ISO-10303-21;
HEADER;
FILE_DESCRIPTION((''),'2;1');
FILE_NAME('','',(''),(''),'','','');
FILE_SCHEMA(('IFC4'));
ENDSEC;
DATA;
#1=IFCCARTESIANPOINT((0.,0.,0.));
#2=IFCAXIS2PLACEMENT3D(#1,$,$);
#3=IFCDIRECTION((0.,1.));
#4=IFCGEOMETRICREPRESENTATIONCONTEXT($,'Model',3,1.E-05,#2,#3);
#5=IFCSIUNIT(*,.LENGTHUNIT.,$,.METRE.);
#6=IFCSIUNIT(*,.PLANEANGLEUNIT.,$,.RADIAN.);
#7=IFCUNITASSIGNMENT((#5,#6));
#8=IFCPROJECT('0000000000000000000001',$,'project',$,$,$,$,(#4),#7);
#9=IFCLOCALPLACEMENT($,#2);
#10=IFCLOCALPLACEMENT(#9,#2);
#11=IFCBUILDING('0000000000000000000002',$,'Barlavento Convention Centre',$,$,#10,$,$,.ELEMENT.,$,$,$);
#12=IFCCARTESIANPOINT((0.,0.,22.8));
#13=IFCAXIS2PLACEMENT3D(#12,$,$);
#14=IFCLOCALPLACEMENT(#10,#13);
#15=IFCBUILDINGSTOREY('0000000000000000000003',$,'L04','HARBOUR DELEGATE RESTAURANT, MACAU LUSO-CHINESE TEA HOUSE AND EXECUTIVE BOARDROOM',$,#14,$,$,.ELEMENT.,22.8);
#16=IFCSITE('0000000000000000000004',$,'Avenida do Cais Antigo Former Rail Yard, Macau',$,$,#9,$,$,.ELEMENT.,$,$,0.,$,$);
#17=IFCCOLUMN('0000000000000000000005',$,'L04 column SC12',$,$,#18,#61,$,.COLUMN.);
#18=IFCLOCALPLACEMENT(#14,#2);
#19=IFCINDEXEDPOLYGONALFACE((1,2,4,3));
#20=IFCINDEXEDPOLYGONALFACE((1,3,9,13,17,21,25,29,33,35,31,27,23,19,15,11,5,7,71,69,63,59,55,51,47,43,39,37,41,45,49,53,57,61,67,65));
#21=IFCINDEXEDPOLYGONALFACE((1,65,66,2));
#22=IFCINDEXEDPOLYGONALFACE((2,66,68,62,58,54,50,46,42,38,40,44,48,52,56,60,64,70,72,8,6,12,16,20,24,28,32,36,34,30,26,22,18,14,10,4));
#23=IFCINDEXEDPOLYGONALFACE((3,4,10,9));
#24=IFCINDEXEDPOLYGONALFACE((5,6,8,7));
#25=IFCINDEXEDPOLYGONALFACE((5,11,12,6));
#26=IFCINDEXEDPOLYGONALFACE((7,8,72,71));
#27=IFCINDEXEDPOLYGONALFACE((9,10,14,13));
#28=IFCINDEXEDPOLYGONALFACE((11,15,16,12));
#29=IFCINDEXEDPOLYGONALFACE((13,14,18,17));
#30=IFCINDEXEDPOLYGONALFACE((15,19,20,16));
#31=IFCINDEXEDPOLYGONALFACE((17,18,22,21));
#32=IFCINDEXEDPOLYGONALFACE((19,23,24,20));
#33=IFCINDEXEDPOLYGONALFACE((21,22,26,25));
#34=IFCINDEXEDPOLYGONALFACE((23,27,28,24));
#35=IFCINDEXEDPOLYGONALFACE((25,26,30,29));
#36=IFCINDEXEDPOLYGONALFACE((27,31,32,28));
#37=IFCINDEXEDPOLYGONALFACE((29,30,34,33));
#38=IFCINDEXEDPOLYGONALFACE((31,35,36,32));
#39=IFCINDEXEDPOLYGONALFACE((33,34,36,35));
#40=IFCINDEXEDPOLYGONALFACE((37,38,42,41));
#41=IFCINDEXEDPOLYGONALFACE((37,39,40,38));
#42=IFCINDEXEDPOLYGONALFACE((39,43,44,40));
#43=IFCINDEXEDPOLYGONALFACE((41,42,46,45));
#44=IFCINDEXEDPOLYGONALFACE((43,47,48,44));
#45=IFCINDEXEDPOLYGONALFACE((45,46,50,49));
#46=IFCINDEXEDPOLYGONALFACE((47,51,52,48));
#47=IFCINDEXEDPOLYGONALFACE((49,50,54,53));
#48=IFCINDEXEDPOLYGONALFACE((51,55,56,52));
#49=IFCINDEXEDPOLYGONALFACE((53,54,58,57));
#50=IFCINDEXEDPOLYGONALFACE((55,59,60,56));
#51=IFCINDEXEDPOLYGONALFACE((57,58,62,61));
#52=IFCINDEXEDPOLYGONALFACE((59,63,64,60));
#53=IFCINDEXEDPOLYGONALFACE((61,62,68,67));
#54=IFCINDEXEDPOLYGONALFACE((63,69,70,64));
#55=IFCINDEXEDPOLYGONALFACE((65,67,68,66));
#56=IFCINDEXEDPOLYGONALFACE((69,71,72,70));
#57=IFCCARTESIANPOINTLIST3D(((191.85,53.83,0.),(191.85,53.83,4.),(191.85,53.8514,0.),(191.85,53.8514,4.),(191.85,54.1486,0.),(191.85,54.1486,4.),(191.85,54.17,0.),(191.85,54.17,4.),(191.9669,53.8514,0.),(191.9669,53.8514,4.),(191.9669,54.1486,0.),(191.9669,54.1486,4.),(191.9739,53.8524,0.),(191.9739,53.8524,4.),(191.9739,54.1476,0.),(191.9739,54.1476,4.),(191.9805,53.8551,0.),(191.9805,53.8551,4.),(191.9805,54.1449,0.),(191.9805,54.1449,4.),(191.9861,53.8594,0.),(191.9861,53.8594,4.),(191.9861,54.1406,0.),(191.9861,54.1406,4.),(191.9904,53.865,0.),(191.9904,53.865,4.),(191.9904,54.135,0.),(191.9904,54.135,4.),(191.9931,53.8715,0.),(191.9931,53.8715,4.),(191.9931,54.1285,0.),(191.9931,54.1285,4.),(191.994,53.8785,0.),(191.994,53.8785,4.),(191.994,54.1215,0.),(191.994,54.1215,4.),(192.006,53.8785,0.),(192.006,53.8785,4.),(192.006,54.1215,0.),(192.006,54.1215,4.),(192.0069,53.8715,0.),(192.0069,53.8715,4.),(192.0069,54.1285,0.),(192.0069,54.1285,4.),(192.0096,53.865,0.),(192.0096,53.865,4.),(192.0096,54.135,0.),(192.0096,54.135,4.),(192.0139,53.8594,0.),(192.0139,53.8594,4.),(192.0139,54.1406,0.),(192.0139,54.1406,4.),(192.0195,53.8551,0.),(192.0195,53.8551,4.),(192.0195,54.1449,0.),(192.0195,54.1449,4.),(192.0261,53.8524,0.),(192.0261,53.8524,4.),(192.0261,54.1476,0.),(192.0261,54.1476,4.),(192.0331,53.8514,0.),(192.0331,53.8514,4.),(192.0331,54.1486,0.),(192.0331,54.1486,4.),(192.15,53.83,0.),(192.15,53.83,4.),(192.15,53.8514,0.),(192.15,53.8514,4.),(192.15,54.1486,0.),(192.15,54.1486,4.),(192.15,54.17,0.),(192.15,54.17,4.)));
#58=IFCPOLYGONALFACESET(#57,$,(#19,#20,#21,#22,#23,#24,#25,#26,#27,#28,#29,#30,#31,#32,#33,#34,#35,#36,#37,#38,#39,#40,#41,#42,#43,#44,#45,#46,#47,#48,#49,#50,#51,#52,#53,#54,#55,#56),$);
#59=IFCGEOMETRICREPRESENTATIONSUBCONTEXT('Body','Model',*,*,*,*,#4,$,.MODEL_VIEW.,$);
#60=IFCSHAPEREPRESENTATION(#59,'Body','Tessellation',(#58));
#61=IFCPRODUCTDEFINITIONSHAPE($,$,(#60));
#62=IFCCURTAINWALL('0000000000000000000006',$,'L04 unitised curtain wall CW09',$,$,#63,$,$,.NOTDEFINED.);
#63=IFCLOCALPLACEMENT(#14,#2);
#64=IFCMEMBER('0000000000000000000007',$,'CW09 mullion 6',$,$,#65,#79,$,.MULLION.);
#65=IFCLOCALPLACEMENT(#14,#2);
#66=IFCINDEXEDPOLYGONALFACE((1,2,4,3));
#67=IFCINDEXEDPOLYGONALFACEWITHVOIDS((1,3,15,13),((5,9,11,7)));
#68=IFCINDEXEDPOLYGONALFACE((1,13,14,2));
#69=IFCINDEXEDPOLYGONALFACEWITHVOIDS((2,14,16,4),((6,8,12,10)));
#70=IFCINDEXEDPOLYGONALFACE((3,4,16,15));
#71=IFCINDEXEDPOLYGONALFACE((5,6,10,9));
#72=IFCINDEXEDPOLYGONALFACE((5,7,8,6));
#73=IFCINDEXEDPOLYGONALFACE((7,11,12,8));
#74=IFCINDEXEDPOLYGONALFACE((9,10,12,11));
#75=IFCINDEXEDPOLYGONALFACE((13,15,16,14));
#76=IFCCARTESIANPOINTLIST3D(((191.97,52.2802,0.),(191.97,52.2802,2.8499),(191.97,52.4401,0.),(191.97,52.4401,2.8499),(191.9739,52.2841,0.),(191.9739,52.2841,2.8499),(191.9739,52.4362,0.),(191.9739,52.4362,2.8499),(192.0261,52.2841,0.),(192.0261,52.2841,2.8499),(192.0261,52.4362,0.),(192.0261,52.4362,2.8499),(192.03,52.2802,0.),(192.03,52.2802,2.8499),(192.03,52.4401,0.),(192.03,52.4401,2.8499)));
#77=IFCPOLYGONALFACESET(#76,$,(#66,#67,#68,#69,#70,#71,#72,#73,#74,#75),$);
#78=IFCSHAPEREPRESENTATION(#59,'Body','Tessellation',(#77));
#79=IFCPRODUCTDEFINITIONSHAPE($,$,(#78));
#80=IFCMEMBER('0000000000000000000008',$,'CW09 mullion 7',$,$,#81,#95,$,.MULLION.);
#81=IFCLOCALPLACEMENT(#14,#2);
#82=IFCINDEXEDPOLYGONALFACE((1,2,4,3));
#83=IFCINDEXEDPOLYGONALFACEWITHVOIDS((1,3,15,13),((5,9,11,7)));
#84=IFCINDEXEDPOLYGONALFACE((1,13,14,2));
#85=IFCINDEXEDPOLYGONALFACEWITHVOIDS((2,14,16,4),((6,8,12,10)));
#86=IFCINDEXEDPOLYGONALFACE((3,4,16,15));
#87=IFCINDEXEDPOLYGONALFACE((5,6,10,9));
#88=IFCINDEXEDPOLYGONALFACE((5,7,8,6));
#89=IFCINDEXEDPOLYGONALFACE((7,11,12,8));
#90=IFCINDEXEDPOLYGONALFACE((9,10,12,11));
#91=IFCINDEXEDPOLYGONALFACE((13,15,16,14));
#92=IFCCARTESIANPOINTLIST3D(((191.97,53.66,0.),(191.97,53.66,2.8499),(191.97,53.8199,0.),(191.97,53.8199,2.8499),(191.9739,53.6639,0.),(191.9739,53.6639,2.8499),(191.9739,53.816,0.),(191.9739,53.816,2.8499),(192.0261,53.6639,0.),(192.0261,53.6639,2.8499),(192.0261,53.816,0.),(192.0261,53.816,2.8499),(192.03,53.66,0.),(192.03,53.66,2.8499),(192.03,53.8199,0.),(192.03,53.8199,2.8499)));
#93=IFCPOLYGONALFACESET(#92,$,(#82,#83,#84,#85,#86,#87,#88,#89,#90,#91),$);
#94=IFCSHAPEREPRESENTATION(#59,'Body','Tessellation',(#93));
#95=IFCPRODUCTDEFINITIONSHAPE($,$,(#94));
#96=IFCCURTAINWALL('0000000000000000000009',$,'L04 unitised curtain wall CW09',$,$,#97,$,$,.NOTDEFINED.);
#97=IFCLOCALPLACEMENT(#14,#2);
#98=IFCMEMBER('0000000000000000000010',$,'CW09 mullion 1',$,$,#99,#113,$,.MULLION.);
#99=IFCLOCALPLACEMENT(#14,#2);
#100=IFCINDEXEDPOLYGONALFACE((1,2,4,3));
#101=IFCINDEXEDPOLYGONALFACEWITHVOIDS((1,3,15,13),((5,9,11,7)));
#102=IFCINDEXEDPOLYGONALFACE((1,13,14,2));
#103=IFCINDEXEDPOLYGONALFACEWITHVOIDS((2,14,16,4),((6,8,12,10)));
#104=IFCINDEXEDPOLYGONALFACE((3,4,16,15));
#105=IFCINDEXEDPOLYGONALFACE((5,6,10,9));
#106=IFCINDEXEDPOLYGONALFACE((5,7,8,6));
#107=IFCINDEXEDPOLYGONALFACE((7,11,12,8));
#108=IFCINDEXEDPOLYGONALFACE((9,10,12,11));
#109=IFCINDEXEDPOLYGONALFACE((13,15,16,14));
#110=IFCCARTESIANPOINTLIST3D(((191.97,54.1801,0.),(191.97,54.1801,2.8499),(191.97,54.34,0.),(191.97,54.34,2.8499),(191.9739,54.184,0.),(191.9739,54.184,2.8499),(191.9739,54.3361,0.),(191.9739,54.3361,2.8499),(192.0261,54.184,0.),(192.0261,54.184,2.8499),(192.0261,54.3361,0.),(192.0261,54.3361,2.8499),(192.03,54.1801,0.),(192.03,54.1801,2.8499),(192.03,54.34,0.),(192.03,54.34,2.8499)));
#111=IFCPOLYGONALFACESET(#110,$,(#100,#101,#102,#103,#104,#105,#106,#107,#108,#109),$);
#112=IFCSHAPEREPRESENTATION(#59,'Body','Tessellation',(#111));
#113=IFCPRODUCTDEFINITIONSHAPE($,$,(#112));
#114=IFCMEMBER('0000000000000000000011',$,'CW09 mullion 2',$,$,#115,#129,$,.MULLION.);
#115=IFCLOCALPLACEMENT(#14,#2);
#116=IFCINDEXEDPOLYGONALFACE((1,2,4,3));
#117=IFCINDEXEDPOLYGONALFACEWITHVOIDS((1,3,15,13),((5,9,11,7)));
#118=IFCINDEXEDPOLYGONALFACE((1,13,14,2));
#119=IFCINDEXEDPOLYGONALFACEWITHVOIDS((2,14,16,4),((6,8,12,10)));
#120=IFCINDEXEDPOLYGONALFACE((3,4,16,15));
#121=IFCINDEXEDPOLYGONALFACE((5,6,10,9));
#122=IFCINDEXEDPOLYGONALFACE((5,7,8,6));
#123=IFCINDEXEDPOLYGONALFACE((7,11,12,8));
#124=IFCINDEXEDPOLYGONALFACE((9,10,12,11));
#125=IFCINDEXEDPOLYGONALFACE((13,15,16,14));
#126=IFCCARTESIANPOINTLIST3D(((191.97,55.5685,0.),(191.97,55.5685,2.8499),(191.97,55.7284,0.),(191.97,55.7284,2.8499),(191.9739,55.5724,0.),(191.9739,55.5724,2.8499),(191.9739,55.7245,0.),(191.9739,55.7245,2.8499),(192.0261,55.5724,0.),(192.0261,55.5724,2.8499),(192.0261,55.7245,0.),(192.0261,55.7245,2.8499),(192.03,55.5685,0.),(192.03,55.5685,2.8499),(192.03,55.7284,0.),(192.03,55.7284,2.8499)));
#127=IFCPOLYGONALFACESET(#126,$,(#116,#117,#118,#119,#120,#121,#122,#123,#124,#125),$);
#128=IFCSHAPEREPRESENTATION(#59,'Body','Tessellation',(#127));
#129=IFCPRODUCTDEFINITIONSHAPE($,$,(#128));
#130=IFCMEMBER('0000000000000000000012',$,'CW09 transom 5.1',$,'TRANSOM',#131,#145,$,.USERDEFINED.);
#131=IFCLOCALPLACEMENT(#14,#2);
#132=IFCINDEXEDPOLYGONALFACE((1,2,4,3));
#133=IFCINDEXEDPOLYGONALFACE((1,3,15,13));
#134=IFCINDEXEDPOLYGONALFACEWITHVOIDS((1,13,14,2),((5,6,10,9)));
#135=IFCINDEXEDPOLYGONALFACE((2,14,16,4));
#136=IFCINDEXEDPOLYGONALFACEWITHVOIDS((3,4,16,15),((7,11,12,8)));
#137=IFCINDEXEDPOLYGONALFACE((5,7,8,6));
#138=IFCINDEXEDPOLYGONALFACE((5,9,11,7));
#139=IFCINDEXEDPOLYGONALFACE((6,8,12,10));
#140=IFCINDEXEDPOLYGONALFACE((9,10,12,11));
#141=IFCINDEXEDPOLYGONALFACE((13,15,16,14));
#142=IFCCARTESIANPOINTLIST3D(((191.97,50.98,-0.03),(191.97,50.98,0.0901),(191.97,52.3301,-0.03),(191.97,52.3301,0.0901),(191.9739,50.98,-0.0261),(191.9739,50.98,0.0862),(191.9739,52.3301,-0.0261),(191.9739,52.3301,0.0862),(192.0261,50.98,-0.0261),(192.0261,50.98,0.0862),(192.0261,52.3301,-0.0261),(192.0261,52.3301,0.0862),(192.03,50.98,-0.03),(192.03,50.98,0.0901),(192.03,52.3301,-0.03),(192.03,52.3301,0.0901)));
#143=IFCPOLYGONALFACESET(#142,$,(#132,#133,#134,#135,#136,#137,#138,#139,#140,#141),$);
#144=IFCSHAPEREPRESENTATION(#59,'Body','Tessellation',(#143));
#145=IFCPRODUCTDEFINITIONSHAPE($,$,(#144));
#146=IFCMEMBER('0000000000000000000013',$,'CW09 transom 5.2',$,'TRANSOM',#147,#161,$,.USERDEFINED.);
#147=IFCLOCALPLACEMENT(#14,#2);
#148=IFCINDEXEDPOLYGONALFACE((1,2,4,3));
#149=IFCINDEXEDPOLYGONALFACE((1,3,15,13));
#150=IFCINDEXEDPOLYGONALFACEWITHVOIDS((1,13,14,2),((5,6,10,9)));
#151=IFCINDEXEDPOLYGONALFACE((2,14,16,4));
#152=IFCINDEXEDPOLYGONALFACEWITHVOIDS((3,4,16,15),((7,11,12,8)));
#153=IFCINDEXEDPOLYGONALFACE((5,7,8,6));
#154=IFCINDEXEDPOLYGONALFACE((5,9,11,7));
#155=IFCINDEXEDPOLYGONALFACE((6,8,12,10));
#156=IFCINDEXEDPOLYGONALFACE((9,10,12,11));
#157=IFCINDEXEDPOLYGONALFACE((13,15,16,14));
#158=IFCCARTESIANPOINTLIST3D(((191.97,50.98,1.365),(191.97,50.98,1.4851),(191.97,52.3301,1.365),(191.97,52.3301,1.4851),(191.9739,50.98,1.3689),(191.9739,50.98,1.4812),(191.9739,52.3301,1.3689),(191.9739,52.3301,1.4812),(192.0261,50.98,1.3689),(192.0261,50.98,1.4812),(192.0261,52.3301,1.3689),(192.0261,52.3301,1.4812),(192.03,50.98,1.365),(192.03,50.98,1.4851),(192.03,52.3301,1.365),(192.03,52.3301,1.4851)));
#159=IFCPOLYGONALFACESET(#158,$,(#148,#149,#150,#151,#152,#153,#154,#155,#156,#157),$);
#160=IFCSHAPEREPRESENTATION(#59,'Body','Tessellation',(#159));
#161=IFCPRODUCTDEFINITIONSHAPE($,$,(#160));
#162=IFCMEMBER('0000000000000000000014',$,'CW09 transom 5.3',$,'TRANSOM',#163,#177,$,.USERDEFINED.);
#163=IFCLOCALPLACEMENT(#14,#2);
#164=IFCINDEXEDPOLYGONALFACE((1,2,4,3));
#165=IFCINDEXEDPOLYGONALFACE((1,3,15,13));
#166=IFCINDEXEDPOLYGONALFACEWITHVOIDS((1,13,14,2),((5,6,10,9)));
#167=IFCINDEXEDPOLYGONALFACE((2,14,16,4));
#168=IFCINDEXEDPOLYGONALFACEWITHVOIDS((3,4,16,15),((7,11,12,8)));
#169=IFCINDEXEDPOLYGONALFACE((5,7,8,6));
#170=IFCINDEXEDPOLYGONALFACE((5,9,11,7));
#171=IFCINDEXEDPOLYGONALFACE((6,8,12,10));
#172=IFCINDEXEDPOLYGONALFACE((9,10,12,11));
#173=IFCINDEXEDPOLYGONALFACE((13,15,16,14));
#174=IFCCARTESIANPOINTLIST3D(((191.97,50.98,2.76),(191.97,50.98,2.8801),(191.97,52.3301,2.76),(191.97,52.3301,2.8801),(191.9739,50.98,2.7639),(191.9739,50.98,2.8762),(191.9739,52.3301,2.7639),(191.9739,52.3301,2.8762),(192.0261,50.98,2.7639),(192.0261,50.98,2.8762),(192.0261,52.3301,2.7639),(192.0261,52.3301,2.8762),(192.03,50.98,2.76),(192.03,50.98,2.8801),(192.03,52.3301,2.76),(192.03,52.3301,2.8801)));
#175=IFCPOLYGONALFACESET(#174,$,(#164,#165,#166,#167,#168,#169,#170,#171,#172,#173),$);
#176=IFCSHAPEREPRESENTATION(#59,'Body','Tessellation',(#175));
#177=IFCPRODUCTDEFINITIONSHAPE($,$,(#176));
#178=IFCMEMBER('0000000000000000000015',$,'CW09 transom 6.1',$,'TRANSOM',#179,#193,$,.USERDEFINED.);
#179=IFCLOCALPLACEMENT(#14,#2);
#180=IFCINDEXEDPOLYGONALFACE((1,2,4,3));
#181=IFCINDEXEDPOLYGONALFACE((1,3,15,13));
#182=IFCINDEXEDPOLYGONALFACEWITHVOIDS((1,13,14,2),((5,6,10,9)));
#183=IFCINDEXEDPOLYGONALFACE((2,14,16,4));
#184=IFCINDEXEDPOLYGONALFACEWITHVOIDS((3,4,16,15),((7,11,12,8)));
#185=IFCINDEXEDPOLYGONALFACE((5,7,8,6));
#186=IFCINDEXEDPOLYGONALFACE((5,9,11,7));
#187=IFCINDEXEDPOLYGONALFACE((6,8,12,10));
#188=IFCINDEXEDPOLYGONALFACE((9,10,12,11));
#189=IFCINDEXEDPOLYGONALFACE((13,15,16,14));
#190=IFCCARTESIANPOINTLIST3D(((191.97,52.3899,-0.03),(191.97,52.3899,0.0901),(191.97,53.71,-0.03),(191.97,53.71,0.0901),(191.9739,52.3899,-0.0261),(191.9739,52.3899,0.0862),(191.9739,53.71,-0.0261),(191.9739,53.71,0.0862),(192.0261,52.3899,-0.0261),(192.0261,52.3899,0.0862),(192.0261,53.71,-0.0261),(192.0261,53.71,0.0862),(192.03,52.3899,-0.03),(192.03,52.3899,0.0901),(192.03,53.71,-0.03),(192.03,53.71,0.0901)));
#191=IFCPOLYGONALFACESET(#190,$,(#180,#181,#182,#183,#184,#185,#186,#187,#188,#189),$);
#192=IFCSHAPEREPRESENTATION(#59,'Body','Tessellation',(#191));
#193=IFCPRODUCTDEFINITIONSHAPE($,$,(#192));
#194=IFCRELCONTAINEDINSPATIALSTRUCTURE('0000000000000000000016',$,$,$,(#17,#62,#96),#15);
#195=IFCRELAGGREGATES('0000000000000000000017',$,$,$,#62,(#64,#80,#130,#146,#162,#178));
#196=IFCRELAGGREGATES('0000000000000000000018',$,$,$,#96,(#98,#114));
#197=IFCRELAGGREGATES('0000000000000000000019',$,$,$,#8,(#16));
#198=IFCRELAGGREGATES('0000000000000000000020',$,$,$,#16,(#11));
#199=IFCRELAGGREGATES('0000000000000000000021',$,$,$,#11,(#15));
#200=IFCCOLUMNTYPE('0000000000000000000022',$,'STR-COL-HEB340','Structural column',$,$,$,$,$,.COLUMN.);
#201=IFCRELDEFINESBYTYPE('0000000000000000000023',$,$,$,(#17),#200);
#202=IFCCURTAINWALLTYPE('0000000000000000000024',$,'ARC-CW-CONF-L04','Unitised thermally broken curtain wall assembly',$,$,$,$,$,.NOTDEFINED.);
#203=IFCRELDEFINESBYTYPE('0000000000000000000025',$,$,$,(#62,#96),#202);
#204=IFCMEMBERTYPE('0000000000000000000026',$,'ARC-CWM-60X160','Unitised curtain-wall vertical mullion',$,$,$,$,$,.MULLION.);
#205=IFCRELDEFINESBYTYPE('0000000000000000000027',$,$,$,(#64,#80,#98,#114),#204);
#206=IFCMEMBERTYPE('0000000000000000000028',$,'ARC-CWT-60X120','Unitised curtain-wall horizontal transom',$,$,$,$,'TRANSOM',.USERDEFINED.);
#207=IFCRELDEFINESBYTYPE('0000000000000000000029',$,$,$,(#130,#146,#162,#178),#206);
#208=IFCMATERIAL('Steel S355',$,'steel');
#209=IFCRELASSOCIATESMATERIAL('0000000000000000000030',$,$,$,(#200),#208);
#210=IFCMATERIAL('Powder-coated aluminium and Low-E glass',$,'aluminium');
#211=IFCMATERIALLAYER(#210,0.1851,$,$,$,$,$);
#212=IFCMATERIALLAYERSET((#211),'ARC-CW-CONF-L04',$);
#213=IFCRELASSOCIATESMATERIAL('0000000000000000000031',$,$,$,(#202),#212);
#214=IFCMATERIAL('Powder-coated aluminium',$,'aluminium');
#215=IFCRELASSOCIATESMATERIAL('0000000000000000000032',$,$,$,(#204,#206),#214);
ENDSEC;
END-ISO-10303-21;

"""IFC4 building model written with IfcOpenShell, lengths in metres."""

from ifc_helpers import new_model, si_unit, direction, frame, origin, origin_2d, place, context, subcontext, project, spatial, hollow_rectangle, i_section, extrude, material, layer, layer_set, material_profile, profile_set, type_object, element, aggregate, save


model = new_model("IFC4")

# Units and contexts
model_context = context("Model", 3, precision=1e-05, world=origin(), true_north=direction((0.0, 1.0)))
body_context = subcontext(model_context, "Body", "Model", "MODEL_VIEW")
ifc_project = project(units=[si_unit("LENGTHUNIT", "METRE"), si_unit("PLANEANGLEUNIT", "RADIAN")], contexts=[model_context])

# Site, building, storey
site_placement = place(None, origin())
site = spatial("IfcSite", under=ifc_project, at=site_placement, Name="Avenida do Cais Antigo Former Rail Yard, Macau", CompositionType="ELEMENT", RefElevation=0.0)
building_placement = place(site_placement, origin())
building = spatial("IfcBuilding", under=site, at=building_placement, Name="Barlavento Convention Centre", CompositionType="ELEMENT")
storey_placement = place(building_placement, frame((0.0, 0.0, 22.8)))
storey = spatial("IfcBuildingStorey", under=building, at=storey_placement, Name="L04", Description="HARBOUR DELEGATE RESTAURANT, MACAU LUSO-CHINESE TEA HOUSE AND EXECUTIVE BOARDROOM", CompositionType="ELEMENT", Elevation=22.8)

# Column
ifc_material_1 = material(Name="Steel S355", Category="steel")
ifc_material_profile_1 = material_profile(ifc_material_1, i_section(OverallWidth=0.3, OverallDepth=0.3401, WebThickness=0.012, FlangeThickness=0.0215, FilletRadius=0.0271, at=origin_2d()), Name="HEB 340")
ifc_profile_set_1 = profile_set([ifc_material_profile_1], Name="Steel S355")
column_type = type_object("IfcColumnType", Name="STR-COL-HEB340", Description="Structural column", PredefinedType="COLUMN", material=ifc_profile_set_1)
column_placement = place(storey_placement, frame((192.0, 54.0, 0.0), z_axis=(0.0, 0.0, 1.0), x_axis=(1.0, 0.0, 0.0)))
element("IfcColumn", 1, at=column_placement, inside=storey, type_object=column_type, Name="L04 column SC12", PredefinedType="COLUMN", context=body_context, shape_type="SweptSolid", body=[
    extrude(i_section(OverallWidth=0.3, OverallDepth=0.3401, WebThickness=0.012, FlangeThickness=0.0215, FilletRadius=0.0271, at=origin_2d()), origin(), (0.0, 0.0, 1.0), 4.0),
])

# Curtain walls, members
ifc_material_2 = material(Name="Powder-coated aluminium and Low-E glass", Category="aluminium")
ifc_layer_1 = layer(ifc_material_2, 0.1851)
ifc_layer_set_1 = layer_set([ifc_layer_1], Name="ARC-CW-CONF-L04")
curtain_wall_type = type_object("IfcCurtainWallType", Name="ARC-CW-CONF-L04", Description="Unitised thermally broken curtain wall assembly", PredefinedType="NOTDEFINED", material=ifc_layer_set_1)
curtain_wall_1_placement = place(storey_placement, origin())
curtain_wall_1 = element("IfcCurtainWall", 2, at=curtain_wall_1_placement, inside=storey, type_object=curtain_wall_type, Name="L04 unitised curtain wall CW09", PredefinedType="NOTDEFINED")
ifc_material_3 = material(Name="Powder-coated aluminium", Category="aluminium")
ifc_material_profile_2 = material_profile(ifc_material_3, hollow_rectangle(XDim=0.0601, YDim=0.1599, WallThickness=0.0039, at=origin_2d()), Name="AL-MULL 60x160x4")
ifc_profile_set_2 = profile_set([ifc_material_profile_2], Name="Powder-coated aluminium")
member_type_1 = type_object("IfcMemberType", Name="ARC-CWM-60X160", Description="Unitised curtain-wall vertical mullion", PredefinedType="MULLION", material=ifc_profile_set_2)
member_1_placement = place(storey_placement, frame((192.0, 52.3601, 0.0), z_axis=(0.0, 0.0, 1.0), x_axis=(-1.0, 0.0, 0.0)))
member_1 = element("IfcMember", 3, at=member_1_placement, type_object=member_type_1, Name="CW09 mullion 6", PredefinedType="MULLION", context=body_context, shape_type="SweptSolid", body=[
    extrude(hollow_rectangle(XDim=0.0601, YDim=0.1599, WallThickness=0.0039, at=origin_2d()), origin(), (0.0, 0.0, 1.0), 2.8499),
])
member_2_placement = place(storey_placement, frame((192.0, 53.74, 0.0), z_axis=(0.0, 0.0, 1.0), x_axis=(-1.0, 0.0, 0.0)))
member_2 = element("IfcMember", 4, at=member_2_placement, type_object=member_type_1, Name="CW09 mullion 7", PredefinedType="MULLION", context=body_context, shape_type="SweptSolid", body=[
    extrude(hollow_rectangle(XDim=0.0601, YDim=0.1599, WallThickness=0.0039, at=origin_2d()), origin(), (0.0, 0.0, 1.0), 2.8499),
])
curtain_wall_2_placement = place(storey_placement, origin())
curtain_wall_2 = element("IfcCurtainWall", 5, at=curtain_wall_2_placement, inside=storey, type_object=curtain_wall_type, Name="L04 unitised curtain wall CW09", PredefinedType="NOTDEFINED")
member_3_placement = place(storey_placement, frame((192.0, 54.26, 0.0), z_axis=(0.0, 0.0, 1.0), x_axis=(-1.0, 0.0, 0.0)))
member_3 = element("IfcMember", 6, at=member_3_placement, type_object=member_type_1, Name="CW09 mullion 1", PredefinedType="MULLION", context=body_context, shape_type="SweptSolid", body=[
    extrude(hollow_rectangle(XDim=0.0601, YDim=0.1599, WallThickness=0.0039, at=origin_2d()), origin(), (0.0, 0.0, 1.0), 2.8499),
])
member_4_placement = place(storey_placement, frame((192.0, 55.6484, 0.0), z_axis=(0.0, 0.0, 1.0), x_axis=(-1.0, 0.0, 0.0)))
member_4 = element("IfcMember", 7, at=member_4_placement, type_object=member_type_1, Name="CW09 mullion 2", PredefinedType="MULLION", context=body_context, shape_type="SweptSolid", body=[
    extrude(hollow_rectangle(XDim=0.0601, YDim=0.1599, WallThickness=0.0039, at=origin_2d()), origin(), (0.0, 0.0, 1.0), 2.8499),
])

# Members
ifc_material_profile_3 = material_profile(ifc_material_3, hollow_rectangle(XDim=0.0601, YDim=0.1201, WallThickness=0.0039, at=origin_2d()), Name="AL-TRAN 60x120x4")
ifc_profile_set_3 = profile_set([ifc_material_profile_3], Name="Powder-coated aluminium")
member_type_2 = type_object("IfcMemberType", Name="ARC-CWT-60X120", Description="Unitised curtain-wall horizontal transom", ElementType="TRANSOM", PredefinedType="USERDEFINED", material=ifc_profile_set_3)
member_5_placement = place(storey_placement, frame((192.0, 50.98, 0.03), z_axis=(0.0, 1.0, 0.0), x_axis=(-1.0, 0.0, 0.0)))
member_5 = element("IfcMember", 8, at=member_5_placement, type_object=member_type_2, Name="CW09 transom 5.1", ObjectType="TRANSOM", PredefinedType="USERDEFINED", context=body_context, shape_type="SweptSolid", body=[
    extrude(hollow_rectangle(XDim=0.0601, YDim=0.1201, WallThickness=0.0039, at=origin_2d()), origin(), (0.0, 0.0, 1.0), 1.3501),
])
member_6_placement = place(storey_placement, frame((192.0, 50.98, 1.425), z_axis=(0.0, 1.0, 0.0), x_axis=(-1.0, 0.0, 0.0)))
member_6 = element("IfcMember", 9, at=member_6_placement, type_object=member_type_2, Name="CW09 transom 5.2", ObjectType="TRANSOM", PredefinedType="USERDEFINED", context=body_context, shape_type="SweptSolid", body=[
    extrude(hollow_rectangle(XDim=0.0601, YDim=0.1201, WallThickness=0.0039, at=origin_2d()), origin(), (0.0, 0.0, 1.0), 1.3501),
])
member_7_placement = place(storey_placement, frame((192.0, 50.98, 2.8201), z_axis=(0.0, 1.0, 0.0), x_axis=(-1.0, 0.0, 0.0)))
member_7 = element("IfcMember", 10, at=member_7_placement, type_object=member_type_2, Name="CW09 transom 5.3", ObjectType="TRANSOM", PredefinedType="USERDEFINED", context=body_context, shape_type="SweptSolid", body=[
    extrude(hollow_rectangle(XDim=0.0601, YDim=0.1201, WallThickness=0.0039, at=origin_2d()), origin(), (0.0, 0.0, 1.0), 1.3501),
])
member_8_placement = place(storey_placement, frame((192.0, 52.3899, 0.03), z_axis=(0.0, 1.0, 0.0), x_axis=(-1.0, 0.0, 0.0)))
member_8 = element("IfcMember", 11, at=member_8_placement, type_object=member_type_2, Name="CW09 transom 6.1", ObjectType="TRANSOM", PredefinedType="USERDEFINED", context=body_context, shape_type="SweptSolid", body=[
    extrude(hollow_rectangle(XDim=0.0601, YDim=0.1201, WallThickness=0.0039, at=origin_2d()), origin(), (0.0, 0.0, 1.0), 1.3201),
])

aggregate(curtain_wall_1, [member_1, member_2, member_5, member_6, member_7, member_8])
aggregate(curtain_wall_2, [member_3, member_4])

save(model, "model.ifc")
